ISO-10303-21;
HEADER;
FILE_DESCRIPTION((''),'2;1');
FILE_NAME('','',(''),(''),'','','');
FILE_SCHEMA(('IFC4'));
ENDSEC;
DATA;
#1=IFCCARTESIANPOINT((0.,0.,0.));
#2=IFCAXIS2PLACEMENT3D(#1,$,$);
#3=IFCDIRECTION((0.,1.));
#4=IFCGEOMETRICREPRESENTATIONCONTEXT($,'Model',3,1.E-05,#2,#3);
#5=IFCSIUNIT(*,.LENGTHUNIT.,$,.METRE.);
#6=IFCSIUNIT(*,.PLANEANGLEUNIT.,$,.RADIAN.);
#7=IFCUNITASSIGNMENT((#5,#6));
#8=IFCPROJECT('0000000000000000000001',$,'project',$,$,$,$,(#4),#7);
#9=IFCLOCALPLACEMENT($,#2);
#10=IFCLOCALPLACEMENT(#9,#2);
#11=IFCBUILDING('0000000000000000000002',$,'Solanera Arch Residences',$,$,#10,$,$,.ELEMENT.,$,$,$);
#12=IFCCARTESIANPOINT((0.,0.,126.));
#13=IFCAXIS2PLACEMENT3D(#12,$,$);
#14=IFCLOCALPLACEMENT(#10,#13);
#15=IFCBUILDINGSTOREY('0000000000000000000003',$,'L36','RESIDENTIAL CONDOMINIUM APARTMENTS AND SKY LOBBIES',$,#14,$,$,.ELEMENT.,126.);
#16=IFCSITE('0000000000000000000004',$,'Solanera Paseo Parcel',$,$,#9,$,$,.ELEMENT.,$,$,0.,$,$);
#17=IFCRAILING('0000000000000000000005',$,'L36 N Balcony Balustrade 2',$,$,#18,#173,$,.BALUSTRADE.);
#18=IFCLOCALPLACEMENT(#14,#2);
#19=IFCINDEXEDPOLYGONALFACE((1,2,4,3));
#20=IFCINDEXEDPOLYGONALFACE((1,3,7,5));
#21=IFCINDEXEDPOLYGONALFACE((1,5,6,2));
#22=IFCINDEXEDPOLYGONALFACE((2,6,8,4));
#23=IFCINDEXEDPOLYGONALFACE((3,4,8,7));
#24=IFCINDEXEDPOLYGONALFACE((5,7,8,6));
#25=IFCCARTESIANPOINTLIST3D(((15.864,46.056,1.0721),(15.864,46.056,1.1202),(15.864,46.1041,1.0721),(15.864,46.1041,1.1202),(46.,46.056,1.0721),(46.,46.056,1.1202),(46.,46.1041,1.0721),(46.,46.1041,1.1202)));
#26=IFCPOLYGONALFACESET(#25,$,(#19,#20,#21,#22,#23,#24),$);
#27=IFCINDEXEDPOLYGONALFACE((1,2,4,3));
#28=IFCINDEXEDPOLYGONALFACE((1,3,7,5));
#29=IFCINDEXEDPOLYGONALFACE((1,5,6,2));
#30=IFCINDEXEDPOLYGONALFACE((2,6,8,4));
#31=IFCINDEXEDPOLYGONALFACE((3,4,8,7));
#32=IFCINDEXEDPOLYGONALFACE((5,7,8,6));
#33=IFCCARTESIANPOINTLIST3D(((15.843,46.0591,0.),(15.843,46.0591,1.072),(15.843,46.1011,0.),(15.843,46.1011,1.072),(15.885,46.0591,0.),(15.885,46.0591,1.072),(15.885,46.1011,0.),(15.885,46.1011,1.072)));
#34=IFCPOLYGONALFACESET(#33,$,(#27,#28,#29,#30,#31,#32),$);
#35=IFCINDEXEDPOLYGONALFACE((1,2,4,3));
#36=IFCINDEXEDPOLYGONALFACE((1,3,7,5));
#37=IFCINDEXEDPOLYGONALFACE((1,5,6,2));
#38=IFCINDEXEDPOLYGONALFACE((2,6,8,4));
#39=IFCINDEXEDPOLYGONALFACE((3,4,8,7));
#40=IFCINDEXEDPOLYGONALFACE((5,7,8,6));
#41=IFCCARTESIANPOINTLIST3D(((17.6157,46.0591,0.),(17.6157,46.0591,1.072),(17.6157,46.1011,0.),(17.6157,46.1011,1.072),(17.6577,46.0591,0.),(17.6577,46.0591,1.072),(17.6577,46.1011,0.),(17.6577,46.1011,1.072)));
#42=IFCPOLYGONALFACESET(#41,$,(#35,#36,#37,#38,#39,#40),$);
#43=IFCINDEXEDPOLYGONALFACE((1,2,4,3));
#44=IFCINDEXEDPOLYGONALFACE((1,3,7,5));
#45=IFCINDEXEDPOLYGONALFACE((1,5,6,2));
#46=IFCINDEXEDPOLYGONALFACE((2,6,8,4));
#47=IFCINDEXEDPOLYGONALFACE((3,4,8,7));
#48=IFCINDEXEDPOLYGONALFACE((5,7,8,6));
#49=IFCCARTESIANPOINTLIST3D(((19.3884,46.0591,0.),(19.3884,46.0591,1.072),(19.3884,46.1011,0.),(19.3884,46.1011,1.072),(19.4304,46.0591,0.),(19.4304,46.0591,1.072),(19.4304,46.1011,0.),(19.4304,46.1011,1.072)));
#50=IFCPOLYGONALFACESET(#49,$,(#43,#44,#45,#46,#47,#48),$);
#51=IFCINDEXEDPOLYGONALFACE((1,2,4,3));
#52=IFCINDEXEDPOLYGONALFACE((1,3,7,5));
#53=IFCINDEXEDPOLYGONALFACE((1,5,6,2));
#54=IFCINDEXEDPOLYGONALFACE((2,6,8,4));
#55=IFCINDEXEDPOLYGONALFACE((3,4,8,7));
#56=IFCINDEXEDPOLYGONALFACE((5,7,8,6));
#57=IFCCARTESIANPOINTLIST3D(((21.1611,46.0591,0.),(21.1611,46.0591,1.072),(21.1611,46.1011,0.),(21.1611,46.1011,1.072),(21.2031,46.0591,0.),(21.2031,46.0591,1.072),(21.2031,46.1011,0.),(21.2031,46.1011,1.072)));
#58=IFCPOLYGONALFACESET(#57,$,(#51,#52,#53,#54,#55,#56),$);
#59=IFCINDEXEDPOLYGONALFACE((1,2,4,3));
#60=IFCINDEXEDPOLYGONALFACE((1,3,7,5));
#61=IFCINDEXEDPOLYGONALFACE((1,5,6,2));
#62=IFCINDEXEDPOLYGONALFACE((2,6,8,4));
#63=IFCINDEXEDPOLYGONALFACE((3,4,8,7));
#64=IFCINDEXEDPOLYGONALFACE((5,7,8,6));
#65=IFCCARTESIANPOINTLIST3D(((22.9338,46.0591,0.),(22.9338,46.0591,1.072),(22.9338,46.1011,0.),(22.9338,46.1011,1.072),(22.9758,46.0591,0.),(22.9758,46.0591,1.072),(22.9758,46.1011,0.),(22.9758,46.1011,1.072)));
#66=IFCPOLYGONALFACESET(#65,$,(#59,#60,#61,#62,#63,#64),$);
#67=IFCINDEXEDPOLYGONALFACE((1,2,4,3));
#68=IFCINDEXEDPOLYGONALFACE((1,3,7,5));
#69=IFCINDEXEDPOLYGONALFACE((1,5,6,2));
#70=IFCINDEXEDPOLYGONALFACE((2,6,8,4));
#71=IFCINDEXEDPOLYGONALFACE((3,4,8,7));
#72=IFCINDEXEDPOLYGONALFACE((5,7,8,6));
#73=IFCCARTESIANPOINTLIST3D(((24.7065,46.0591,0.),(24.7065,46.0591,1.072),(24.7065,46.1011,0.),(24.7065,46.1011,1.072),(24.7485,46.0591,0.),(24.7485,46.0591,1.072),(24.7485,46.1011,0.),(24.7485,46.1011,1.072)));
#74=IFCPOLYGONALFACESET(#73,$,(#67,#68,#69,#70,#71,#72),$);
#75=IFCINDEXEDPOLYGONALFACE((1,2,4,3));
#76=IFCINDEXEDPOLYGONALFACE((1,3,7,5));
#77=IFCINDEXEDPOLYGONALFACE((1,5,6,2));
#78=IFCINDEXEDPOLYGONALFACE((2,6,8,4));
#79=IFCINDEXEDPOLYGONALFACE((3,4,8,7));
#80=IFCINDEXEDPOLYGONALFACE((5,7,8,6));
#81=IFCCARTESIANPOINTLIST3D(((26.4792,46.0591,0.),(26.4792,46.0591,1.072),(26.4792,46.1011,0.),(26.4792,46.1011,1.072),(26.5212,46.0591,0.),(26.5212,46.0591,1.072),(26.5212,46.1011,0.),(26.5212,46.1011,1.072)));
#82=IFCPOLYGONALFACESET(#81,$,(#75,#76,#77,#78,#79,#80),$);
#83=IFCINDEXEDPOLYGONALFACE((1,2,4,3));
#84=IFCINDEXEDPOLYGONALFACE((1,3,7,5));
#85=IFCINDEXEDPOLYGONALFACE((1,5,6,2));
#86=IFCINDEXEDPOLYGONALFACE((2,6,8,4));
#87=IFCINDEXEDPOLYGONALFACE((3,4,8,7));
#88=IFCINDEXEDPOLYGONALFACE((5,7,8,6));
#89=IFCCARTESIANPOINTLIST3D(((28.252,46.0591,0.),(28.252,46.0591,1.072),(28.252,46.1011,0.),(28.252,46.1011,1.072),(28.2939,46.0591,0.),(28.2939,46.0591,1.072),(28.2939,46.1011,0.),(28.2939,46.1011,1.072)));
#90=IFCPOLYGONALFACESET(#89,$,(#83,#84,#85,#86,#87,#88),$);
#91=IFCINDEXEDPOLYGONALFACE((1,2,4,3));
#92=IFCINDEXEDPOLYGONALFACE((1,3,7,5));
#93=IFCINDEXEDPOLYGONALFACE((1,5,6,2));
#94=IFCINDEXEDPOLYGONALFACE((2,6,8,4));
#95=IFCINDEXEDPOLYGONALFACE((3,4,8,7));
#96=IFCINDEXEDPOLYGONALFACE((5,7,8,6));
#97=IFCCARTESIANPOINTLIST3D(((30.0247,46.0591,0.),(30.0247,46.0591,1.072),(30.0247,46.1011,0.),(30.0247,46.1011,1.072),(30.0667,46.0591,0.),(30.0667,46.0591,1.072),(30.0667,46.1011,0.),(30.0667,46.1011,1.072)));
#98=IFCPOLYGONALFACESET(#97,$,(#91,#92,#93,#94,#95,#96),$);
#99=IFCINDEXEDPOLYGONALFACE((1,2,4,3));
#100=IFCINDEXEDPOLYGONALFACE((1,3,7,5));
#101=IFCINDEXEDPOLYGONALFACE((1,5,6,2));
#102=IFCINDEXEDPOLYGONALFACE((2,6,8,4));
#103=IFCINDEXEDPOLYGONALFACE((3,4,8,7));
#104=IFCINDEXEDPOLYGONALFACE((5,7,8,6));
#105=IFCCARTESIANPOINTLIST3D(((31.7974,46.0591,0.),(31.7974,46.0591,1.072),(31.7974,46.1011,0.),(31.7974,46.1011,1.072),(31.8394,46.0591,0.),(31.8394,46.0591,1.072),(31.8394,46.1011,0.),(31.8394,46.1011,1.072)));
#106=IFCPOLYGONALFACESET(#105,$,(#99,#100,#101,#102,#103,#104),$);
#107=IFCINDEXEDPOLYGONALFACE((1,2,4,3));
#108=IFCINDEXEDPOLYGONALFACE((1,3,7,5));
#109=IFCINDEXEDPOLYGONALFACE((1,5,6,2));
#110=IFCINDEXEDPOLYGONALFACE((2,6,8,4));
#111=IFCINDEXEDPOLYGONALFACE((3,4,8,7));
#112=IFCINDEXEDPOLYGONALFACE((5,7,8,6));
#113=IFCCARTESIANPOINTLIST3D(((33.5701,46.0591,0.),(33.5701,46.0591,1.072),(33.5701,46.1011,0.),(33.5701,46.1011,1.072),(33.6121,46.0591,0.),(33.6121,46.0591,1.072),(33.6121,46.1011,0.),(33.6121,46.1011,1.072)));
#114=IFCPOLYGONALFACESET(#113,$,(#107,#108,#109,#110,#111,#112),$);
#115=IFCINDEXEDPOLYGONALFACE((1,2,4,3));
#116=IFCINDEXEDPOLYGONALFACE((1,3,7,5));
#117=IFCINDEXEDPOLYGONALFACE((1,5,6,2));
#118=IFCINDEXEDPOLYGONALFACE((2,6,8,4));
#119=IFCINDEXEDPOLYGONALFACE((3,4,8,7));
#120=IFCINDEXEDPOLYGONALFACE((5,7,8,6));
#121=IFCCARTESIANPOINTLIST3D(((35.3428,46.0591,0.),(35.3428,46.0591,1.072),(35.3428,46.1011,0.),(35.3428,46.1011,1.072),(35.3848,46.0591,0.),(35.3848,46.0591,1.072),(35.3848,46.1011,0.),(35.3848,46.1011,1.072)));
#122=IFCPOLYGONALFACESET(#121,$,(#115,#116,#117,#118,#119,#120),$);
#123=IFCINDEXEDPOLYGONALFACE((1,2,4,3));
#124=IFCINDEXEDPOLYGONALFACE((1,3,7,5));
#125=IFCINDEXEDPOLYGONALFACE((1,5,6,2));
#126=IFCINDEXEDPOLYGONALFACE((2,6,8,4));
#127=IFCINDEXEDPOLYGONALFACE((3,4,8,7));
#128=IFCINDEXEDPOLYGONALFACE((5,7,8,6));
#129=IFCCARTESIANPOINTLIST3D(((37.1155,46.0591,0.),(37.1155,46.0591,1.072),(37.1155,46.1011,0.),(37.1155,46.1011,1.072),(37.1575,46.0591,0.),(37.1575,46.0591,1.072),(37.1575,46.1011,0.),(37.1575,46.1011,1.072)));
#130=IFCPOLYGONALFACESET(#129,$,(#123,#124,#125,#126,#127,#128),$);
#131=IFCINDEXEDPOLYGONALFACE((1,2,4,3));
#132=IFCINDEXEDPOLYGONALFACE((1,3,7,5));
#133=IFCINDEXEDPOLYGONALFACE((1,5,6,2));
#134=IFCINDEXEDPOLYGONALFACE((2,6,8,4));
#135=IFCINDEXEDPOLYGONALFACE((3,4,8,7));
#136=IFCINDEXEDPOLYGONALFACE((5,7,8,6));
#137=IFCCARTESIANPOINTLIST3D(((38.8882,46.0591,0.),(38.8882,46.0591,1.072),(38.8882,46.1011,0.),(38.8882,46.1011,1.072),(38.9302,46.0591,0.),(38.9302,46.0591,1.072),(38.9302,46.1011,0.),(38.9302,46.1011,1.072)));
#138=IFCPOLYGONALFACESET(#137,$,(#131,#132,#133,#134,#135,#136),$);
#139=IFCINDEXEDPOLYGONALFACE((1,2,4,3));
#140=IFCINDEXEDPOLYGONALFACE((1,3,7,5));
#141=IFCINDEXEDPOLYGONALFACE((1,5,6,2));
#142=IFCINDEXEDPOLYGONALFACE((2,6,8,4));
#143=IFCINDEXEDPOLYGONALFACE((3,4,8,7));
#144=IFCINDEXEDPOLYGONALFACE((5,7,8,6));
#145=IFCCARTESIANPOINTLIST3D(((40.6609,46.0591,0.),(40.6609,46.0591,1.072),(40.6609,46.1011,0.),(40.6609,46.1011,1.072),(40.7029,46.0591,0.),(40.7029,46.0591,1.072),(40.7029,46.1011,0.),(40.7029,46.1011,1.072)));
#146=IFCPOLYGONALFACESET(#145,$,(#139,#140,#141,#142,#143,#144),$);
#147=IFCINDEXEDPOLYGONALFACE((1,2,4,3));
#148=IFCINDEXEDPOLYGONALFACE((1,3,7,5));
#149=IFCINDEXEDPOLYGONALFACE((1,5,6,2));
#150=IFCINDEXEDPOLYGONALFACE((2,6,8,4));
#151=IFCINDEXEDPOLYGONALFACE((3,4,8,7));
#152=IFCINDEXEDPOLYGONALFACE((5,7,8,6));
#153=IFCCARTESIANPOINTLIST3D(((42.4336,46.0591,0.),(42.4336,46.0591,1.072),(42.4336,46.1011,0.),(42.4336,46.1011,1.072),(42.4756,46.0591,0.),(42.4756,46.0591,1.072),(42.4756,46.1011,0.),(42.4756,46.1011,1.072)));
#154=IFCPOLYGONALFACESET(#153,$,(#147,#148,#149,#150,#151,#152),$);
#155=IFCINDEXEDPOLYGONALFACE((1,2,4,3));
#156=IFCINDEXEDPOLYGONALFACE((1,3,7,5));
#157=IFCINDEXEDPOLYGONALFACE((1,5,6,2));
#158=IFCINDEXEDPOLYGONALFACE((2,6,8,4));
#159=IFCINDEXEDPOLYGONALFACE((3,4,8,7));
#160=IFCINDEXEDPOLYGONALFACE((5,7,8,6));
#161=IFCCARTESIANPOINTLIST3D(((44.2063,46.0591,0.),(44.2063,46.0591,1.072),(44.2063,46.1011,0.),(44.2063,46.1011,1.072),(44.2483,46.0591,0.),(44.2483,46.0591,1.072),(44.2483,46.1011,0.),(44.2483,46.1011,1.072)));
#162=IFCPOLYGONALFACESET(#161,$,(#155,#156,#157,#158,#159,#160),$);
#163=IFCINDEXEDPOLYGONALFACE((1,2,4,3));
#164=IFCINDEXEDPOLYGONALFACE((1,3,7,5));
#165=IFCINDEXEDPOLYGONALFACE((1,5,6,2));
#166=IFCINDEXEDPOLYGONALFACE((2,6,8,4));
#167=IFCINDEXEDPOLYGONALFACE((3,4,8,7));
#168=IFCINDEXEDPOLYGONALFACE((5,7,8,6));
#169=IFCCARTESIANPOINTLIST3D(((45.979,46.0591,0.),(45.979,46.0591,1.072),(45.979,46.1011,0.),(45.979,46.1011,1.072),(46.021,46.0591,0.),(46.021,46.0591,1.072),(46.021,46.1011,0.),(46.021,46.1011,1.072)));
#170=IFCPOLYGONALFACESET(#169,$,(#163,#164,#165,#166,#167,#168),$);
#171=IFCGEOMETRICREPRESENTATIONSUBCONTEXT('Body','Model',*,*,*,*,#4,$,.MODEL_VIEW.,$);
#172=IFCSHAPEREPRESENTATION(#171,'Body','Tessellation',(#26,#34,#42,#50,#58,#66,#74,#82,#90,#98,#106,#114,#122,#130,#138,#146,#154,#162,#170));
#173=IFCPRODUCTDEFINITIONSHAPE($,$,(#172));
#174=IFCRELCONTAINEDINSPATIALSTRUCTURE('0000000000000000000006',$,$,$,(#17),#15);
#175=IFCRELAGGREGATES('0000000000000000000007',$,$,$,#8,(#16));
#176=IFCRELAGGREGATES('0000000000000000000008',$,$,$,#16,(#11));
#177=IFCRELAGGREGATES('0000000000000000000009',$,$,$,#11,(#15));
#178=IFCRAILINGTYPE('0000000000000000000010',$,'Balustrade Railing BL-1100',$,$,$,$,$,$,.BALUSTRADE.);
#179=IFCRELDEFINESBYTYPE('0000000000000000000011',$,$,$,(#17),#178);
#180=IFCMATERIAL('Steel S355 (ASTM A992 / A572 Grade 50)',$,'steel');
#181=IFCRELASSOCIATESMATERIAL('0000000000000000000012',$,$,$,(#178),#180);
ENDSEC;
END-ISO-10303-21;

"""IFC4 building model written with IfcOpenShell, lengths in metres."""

from ifc_helpers import new_model, si_unit, direction, frame, origin, origin_2d, place, context, subcontext, project, spatial, rectangle, extrude, material, type_object, element, save


model = new_model("IFC4")

# Units and contexts
model_context = context("Model", 3, precision=1e-05, world=origin(), true_north=direction((0.0, 1.0)))
body_context = subcontext(model_context, "Body", "Model", "MODEL_VIEW")
ifc_project = project(units=[si_unit("LENGTHUNIT", "METRE"), si_unit("PLANEANGLEUNIT", "RADIAN")], contexts=[model_context])

# Site, building, storey
site_placement = place(None, origin())
site = spatial("IfcSite", under=ifc_project, at=site_placement, Name="Solanera Paseo Parcel", CompositionType="ELEMENT", RefElevation=0.0)
building_placement = place(site_placement, origin())
building = spatial("IfcBuilding", under=site, at=building_placement, Name="Solanera Arch Residences", CompositionType="ELEMENT")
storey_placement = place(building_placement, frame((0.0, 0.0, 126.0)))
storey = spatial("IfcBuildingStorey", under=building, at=storey_placement, Name="L36", Description="RESIDENTIAL CONDOMINIUM APARTMENTS AND SKY LOBBIES", CompositionType="ELEMENT", Elevation=126.0)

# Railing
ifc_material_1 = material(Name="Steel S355 (ASTM A992 / A572 Grade 50)", Category="steel")
railing_type = type_object("IfcRailingType", Name="Balustrade Railing BL-1100", PredefinedType="BALUSTRADE", material=ifc_material_1)
railing_placement = place(storey_placement, frame((15.864, 46.0801, 0.0)))
element("IfcRailing", 1, at=railing_placement, inside=storey, type_object=railing_type, Name="L36 N Balcony Balustrade 2", PredefinedType="BALUSTRADE", context=body_context, shape_type="SweptSolid", body=[
    extrude(rectangle(XDim=0.0481, YDim=0.0481, at=origin_2d()), frame((0.0, 0.0, 1.0962), z_axis=(1.0, 0.0, 0.0), x_axis=(0.0, 1.0, 0.0)), (0.0, 0.0, 1.0), 30.136),
    extrude(rectangle(XDim=0.042, YDim=0.042, at=origin_2d()), origin(), (0.0, 0.0, 1.0), 1.072),
    extrude(rectangle(XDim=0.042, YDim=0.042, at=origin_2d()), frame((1.7727, 0.0, 0.0)), (0.0, 0.0, 1.0), 1.072),
    extrude(rectangle(XDim=0.042, YDim=0.042, at=origin_2d()), frame((3.5454, 0.0, 0.0)), (0.0, 0.0, 1.0), 1.072),
    extrude(rectangle(XDim=0.042, YDim=0.042, at=origin_2d()), frame((5.3181, 0.0, 0.0)), (0.0, 0.0, 1.0), 1.072),
    extrude(rectangle(XDim=0.042, YDim=0.042, at=origin_2d()), frame((7.0908, 0.0, 0.0)), (0.0, 0.0, 1.0), 1.072),
    extrude(rectangle(XDim=0.042, YDim=0.042, at=origin_2d()), frame((8.8635, 0.0, 0.0)), (0.0, 0.0, 1.0), 1.072),
    extrude(rectangle(XDim=0.042, YDim=0.042, at=origin_2d()), frame((10.6362, 0.0, 0.0)), (0.0, 0.0, 1.0), 1.072),
    extrude(rectangle(XDim=0.042, YDim=0.042, at=origin_2d()), frame((12.4089, 0.0, 0.0)), (0.0, 0.0, 1.0), 1.072),
    extrude(rectangle(XDim=0.042, YDim=0.042, at=origin_2d()), frame((14.1816, 0.0, 0.0)), (0.0, 0.0, 1.0), 1.072),
    extrude(rectangle(XDim=0.042, YDim=0.042, at=origin_2d()), frame((15.9543, 0.0, 0.0)), (0.0, 0.0, 1.0), 1.072),
    extrude(rectangle(XDim=0.042, YDim=0.042, at=origin_2d()), frame((17.7271, 0.0, 0.0)), (0.0, 0.0, 1.0), 1.072),
    extrude(rectangle(XDim=0.042, YDim=0.042, at=origin_2d()), frame((19.4998, 0.0, 0.0)), (0.0, 0.0, 1.0), 1.072),
    extrude(rectangle(XDim=0.042, YDim=0.042, at=origin_2d()), frame((21.2725, 0.0, 0.0)), (0.0, 0.0, 1.0), 1.072),
    extrude(rectangle(XDim=0.042, YDim=0.042, at=origin_2d()), frame((23.0452, 0.0, 0.0)), (0.0, 0.0, 1.0), 1.072),
    extrude(rectangle(XDim=0.042, YDim=0.042, at=origin_2d()), frame((24.8179, 0.0, 0.0)), (0.0, 0.0, 1.0), 1.072),
    extrude(rectangle(XDim=0.042, YDim=0.042, at=origin_2d()), frame((26.5906, 0.0, 0.0)), (0.0, 0.0, 1.0), 1.072),
    extrude(rectangle(XDim=0.042, YDim=0.042, at=origin_2d()), frame((28.3633, 0.0, 0.0)), (0.0, 0.0, 1.0), 1.072),
    extrude(rectangle(XDim=0.042, YDim=0.042, at=origin_2d()), frame((30.136, 0.0, 0.0)), (0.0, 0.0, 1.0), 1.072),
])

save(model, "model.ifc")
